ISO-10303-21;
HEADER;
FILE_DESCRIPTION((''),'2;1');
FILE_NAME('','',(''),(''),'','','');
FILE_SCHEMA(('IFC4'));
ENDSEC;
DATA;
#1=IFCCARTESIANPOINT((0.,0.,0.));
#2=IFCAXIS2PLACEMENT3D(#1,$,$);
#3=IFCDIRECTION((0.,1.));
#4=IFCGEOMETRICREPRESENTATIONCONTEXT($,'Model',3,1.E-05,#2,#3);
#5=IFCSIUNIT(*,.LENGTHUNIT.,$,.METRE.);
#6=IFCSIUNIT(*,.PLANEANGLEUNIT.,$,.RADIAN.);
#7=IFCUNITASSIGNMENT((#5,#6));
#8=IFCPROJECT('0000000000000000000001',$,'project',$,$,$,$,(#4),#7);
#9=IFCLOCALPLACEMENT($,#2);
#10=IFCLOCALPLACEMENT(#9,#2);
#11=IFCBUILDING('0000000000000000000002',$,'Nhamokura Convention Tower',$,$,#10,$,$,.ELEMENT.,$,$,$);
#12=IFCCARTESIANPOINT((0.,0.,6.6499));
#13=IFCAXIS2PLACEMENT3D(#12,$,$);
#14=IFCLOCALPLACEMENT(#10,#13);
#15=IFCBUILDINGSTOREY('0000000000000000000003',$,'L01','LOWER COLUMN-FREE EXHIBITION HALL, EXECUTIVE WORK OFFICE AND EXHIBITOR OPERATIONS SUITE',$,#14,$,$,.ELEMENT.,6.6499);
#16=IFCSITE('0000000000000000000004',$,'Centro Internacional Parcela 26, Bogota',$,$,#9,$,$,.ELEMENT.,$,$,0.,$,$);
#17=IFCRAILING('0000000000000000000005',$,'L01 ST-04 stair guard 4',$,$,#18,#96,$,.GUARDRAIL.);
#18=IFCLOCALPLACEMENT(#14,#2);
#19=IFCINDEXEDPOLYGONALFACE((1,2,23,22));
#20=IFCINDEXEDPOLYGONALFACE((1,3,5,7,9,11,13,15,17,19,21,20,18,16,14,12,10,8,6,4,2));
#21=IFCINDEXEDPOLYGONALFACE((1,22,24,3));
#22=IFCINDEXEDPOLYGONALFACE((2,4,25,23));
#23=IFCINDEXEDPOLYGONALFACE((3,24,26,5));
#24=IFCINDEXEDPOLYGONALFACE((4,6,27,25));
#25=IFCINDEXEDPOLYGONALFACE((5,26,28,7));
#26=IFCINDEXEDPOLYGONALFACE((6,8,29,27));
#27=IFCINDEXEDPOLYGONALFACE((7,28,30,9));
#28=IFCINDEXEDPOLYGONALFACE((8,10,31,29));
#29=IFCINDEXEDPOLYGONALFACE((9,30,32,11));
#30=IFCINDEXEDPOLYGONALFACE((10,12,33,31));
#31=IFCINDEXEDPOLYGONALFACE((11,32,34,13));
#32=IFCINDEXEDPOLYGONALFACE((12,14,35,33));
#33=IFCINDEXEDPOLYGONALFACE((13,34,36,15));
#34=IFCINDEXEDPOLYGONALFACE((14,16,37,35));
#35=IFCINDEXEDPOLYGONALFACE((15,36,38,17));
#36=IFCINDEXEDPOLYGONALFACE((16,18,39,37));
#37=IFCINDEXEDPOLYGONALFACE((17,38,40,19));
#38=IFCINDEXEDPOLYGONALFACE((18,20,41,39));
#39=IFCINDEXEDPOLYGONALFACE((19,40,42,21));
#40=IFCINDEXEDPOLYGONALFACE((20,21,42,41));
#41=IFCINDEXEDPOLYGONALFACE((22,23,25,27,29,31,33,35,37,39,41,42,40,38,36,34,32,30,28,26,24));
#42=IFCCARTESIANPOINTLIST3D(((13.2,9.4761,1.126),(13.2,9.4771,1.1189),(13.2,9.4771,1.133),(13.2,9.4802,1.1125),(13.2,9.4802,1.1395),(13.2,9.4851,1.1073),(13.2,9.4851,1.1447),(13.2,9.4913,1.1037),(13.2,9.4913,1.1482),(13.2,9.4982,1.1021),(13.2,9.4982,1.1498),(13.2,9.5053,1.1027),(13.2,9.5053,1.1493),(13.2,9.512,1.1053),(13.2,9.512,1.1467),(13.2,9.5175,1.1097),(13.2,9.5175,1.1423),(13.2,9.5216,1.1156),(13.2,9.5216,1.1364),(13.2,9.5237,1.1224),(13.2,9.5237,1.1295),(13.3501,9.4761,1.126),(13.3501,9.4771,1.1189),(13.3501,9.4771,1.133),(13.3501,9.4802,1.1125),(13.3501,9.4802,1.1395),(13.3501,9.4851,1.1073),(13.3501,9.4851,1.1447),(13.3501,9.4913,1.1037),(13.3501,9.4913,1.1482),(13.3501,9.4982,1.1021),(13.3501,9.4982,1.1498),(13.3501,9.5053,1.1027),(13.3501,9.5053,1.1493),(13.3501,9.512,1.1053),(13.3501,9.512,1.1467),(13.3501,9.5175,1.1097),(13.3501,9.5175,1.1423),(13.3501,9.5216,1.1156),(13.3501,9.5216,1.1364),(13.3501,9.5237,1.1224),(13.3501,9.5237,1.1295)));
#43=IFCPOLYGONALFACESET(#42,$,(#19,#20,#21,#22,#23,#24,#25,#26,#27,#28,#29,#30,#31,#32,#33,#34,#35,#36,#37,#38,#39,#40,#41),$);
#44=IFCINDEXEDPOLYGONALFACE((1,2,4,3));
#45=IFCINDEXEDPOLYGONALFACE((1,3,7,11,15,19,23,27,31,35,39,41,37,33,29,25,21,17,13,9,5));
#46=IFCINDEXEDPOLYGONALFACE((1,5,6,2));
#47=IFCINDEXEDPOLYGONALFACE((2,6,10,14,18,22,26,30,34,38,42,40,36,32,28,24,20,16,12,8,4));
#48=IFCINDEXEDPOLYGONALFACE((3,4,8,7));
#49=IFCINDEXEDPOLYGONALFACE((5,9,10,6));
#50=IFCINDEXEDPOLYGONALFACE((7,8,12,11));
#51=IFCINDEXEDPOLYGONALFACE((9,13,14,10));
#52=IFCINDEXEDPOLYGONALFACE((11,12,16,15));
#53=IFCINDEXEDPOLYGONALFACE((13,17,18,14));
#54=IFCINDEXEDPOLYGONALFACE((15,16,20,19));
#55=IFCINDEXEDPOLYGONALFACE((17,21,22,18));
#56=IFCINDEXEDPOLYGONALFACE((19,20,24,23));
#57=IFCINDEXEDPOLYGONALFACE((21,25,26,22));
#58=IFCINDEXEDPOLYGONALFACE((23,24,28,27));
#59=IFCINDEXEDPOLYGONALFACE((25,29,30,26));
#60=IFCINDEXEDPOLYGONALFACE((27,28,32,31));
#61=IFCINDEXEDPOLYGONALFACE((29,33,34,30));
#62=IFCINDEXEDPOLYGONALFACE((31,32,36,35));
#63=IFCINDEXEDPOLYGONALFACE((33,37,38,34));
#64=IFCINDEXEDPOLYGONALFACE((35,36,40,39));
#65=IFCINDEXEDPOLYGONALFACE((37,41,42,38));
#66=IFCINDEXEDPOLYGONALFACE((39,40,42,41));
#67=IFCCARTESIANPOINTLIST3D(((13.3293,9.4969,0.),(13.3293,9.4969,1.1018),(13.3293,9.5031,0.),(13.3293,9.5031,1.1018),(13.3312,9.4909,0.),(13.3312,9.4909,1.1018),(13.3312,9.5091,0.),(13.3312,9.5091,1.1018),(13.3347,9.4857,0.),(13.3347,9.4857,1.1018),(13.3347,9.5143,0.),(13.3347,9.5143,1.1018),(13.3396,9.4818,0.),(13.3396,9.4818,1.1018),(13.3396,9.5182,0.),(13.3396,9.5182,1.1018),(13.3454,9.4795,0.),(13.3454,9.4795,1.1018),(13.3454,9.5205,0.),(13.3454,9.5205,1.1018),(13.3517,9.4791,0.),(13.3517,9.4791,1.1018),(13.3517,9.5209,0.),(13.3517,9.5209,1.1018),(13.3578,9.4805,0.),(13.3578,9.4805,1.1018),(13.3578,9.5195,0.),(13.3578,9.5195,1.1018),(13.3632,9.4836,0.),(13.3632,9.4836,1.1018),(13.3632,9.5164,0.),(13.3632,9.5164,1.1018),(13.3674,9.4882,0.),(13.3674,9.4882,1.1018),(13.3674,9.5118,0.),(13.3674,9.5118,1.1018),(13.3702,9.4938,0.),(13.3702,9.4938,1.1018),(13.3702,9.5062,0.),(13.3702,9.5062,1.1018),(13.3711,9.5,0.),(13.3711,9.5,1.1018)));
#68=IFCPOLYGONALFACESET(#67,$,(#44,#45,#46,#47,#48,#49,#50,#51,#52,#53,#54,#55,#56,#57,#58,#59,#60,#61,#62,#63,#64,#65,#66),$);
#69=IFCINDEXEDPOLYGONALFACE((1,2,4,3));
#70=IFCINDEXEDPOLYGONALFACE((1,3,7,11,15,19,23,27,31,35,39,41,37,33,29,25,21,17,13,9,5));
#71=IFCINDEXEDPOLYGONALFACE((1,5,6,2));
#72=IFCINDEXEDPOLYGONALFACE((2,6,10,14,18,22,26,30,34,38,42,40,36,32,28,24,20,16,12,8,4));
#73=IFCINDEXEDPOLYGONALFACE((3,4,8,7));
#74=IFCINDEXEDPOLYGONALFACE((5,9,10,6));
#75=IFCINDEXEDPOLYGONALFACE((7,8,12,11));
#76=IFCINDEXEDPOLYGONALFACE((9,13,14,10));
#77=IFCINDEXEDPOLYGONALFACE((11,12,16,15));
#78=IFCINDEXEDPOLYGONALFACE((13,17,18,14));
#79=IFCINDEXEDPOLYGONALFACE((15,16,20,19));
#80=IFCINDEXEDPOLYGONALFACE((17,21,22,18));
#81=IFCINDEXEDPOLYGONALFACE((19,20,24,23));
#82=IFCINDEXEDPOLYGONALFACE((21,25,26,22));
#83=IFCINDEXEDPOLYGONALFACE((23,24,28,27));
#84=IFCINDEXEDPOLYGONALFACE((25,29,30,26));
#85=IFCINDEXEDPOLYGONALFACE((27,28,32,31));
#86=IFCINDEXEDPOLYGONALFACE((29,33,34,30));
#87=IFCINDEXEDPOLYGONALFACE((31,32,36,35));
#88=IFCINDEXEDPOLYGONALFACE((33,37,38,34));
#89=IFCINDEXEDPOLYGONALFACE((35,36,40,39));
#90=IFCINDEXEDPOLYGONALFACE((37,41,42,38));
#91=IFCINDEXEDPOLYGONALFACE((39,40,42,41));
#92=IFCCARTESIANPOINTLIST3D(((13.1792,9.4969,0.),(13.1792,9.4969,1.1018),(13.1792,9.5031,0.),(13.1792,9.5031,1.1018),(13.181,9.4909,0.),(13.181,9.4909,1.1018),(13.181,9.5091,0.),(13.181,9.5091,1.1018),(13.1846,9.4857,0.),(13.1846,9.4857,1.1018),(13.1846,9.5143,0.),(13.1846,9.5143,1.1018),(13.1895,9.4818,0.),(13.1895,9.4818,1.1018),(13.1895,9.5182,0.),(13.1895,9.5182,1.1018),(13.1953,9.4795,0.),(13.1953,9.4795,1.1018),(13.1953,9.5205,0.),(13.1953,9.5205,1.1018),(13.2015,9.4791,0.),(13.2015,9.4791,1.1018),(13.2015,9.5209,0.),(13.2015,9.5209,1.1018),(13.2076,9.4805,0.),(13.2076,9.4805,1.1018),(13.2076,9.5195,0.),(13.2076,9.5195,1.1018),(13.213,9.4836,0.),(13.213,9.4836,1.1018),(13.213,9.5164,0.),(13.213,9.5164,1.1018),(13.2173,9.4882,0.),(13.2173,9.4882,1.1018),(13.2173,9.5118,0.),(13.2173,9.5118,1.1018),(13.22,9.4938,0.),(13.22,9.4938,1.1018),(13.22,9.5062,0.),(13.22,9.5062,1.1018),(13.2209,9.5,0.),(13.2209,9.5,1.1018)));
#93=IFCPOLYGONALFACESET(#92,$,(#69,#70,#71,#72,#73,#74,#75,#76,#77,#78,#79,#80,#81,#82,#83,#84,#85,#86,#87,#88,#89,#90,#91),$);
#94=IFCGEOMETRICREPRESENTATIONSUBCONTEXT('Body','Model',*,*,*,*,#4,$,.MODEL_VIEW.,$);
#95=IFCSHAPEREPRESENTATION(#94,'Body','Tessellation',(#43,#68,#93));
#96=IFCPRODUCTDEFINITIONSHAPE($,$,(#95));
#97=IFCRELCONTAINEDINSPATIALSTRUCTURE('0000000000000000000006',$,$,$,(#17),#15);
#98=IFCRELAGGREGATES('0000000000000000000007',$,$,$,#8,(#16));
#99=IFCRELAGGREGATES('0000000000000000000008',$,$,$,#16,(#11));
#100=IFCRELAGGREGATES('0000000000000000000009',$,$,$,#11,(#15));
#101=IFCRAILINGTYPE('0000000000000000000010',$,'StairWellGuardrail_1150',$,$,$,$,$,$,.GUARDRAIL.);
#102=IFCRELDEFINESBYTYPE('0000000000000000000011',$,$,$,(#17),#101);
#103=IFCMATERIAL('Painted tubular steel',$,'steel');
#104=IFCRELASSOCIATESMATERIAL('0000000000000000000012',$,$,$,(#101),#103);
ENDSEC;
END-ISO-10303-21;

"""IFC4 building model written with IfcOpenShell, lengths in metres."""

from ifc_helpers import new_model, si_unit, direction, frame, origin, origin_2d, place, context, subcontext, project, spatial, circle, extrude, material, type_object, element, save


model = new_model("IFC4")

# Units and contexts
model_context = context("Model", 3, precision=1e-05, world=origin(), true_north=direction((0.0, 1.0)))
body_context = subcontext(model_context, "Body", "Model", "MODEL_VIEW")
ifc_project = project(units=[si_unit("LENGTHUNIT", "METRE"), si_unit("PLANEANGLEUNIT", "RADIAN")], contexts=[model_context])

# Site, building, storey
site_placement = place(None, origin())
site = spatial("IfcSite", under=ifc_project, at=site_placement, Name="Centro Internacional Parcela 26, Bogota", CompositionType="ELEMENT", RefElevation=0.0)
building_placement = place(site_placement, origin())
building = spatial("IfcBuilding", under=site, at=building_placement, Name="Nhamokura Convention Tower", CompositionType="ELEMENT")
storey_placement = place(building_placement, frame((0.0, 0.0, 6.6499)))
storey = spatial("IfcBuildingStorey", under=building, at=storey_placement, Name="L01", Description="LOWER COLUMN-FREE EXHIBITION HALL, EXECUTIVE WORK OFFICE AND EXHIBITOR OPERATIONS SUITE", CompositionType="ELEMENT", Elevation=6.6499)

# Railing
ifc_material_1 = material(Name="Painted tubular steel", Category="steel")
railing_type_1 = type_object("IfcRailingType", Name="StairWellGuardrail_1150", PredefinedType="GUARDRAIL", material=ifc_material_1)
railing_1_placement = place(storey_placement, frame((13.3501, 9.5, 0.0)))
element("IfcRailing", 1, at=railing_1_placement, inside=storey, type_object=railing_type_1, Name="L01 ST-04 stair guard 4", PredefinedType="GUARDRAIL", context=body_context, shape_type="SweptSolid", body=[
    extrude(circle(Radius=0.0239, at=origin_2d()), frame((0.0, 0.0, 1.126), z_axis=(-1.0, 0.0, 0.0), x_axis=(0.0, -1.0, 0.0)), (0.0, 0.0, 1.0), 0.1501),
    extrude(circle(Radius=0.021, at=origin_2d()), origin(), (0.0, 0.0, 1.0), 1.1018),
    extrude(circle(Radius=0.021, at=origin_2d()), frame((-0.1501, 0.0, 0.0)), (0.0, 0.0, 1.0), 1.1018),
])

save(model, "model.ifc")
